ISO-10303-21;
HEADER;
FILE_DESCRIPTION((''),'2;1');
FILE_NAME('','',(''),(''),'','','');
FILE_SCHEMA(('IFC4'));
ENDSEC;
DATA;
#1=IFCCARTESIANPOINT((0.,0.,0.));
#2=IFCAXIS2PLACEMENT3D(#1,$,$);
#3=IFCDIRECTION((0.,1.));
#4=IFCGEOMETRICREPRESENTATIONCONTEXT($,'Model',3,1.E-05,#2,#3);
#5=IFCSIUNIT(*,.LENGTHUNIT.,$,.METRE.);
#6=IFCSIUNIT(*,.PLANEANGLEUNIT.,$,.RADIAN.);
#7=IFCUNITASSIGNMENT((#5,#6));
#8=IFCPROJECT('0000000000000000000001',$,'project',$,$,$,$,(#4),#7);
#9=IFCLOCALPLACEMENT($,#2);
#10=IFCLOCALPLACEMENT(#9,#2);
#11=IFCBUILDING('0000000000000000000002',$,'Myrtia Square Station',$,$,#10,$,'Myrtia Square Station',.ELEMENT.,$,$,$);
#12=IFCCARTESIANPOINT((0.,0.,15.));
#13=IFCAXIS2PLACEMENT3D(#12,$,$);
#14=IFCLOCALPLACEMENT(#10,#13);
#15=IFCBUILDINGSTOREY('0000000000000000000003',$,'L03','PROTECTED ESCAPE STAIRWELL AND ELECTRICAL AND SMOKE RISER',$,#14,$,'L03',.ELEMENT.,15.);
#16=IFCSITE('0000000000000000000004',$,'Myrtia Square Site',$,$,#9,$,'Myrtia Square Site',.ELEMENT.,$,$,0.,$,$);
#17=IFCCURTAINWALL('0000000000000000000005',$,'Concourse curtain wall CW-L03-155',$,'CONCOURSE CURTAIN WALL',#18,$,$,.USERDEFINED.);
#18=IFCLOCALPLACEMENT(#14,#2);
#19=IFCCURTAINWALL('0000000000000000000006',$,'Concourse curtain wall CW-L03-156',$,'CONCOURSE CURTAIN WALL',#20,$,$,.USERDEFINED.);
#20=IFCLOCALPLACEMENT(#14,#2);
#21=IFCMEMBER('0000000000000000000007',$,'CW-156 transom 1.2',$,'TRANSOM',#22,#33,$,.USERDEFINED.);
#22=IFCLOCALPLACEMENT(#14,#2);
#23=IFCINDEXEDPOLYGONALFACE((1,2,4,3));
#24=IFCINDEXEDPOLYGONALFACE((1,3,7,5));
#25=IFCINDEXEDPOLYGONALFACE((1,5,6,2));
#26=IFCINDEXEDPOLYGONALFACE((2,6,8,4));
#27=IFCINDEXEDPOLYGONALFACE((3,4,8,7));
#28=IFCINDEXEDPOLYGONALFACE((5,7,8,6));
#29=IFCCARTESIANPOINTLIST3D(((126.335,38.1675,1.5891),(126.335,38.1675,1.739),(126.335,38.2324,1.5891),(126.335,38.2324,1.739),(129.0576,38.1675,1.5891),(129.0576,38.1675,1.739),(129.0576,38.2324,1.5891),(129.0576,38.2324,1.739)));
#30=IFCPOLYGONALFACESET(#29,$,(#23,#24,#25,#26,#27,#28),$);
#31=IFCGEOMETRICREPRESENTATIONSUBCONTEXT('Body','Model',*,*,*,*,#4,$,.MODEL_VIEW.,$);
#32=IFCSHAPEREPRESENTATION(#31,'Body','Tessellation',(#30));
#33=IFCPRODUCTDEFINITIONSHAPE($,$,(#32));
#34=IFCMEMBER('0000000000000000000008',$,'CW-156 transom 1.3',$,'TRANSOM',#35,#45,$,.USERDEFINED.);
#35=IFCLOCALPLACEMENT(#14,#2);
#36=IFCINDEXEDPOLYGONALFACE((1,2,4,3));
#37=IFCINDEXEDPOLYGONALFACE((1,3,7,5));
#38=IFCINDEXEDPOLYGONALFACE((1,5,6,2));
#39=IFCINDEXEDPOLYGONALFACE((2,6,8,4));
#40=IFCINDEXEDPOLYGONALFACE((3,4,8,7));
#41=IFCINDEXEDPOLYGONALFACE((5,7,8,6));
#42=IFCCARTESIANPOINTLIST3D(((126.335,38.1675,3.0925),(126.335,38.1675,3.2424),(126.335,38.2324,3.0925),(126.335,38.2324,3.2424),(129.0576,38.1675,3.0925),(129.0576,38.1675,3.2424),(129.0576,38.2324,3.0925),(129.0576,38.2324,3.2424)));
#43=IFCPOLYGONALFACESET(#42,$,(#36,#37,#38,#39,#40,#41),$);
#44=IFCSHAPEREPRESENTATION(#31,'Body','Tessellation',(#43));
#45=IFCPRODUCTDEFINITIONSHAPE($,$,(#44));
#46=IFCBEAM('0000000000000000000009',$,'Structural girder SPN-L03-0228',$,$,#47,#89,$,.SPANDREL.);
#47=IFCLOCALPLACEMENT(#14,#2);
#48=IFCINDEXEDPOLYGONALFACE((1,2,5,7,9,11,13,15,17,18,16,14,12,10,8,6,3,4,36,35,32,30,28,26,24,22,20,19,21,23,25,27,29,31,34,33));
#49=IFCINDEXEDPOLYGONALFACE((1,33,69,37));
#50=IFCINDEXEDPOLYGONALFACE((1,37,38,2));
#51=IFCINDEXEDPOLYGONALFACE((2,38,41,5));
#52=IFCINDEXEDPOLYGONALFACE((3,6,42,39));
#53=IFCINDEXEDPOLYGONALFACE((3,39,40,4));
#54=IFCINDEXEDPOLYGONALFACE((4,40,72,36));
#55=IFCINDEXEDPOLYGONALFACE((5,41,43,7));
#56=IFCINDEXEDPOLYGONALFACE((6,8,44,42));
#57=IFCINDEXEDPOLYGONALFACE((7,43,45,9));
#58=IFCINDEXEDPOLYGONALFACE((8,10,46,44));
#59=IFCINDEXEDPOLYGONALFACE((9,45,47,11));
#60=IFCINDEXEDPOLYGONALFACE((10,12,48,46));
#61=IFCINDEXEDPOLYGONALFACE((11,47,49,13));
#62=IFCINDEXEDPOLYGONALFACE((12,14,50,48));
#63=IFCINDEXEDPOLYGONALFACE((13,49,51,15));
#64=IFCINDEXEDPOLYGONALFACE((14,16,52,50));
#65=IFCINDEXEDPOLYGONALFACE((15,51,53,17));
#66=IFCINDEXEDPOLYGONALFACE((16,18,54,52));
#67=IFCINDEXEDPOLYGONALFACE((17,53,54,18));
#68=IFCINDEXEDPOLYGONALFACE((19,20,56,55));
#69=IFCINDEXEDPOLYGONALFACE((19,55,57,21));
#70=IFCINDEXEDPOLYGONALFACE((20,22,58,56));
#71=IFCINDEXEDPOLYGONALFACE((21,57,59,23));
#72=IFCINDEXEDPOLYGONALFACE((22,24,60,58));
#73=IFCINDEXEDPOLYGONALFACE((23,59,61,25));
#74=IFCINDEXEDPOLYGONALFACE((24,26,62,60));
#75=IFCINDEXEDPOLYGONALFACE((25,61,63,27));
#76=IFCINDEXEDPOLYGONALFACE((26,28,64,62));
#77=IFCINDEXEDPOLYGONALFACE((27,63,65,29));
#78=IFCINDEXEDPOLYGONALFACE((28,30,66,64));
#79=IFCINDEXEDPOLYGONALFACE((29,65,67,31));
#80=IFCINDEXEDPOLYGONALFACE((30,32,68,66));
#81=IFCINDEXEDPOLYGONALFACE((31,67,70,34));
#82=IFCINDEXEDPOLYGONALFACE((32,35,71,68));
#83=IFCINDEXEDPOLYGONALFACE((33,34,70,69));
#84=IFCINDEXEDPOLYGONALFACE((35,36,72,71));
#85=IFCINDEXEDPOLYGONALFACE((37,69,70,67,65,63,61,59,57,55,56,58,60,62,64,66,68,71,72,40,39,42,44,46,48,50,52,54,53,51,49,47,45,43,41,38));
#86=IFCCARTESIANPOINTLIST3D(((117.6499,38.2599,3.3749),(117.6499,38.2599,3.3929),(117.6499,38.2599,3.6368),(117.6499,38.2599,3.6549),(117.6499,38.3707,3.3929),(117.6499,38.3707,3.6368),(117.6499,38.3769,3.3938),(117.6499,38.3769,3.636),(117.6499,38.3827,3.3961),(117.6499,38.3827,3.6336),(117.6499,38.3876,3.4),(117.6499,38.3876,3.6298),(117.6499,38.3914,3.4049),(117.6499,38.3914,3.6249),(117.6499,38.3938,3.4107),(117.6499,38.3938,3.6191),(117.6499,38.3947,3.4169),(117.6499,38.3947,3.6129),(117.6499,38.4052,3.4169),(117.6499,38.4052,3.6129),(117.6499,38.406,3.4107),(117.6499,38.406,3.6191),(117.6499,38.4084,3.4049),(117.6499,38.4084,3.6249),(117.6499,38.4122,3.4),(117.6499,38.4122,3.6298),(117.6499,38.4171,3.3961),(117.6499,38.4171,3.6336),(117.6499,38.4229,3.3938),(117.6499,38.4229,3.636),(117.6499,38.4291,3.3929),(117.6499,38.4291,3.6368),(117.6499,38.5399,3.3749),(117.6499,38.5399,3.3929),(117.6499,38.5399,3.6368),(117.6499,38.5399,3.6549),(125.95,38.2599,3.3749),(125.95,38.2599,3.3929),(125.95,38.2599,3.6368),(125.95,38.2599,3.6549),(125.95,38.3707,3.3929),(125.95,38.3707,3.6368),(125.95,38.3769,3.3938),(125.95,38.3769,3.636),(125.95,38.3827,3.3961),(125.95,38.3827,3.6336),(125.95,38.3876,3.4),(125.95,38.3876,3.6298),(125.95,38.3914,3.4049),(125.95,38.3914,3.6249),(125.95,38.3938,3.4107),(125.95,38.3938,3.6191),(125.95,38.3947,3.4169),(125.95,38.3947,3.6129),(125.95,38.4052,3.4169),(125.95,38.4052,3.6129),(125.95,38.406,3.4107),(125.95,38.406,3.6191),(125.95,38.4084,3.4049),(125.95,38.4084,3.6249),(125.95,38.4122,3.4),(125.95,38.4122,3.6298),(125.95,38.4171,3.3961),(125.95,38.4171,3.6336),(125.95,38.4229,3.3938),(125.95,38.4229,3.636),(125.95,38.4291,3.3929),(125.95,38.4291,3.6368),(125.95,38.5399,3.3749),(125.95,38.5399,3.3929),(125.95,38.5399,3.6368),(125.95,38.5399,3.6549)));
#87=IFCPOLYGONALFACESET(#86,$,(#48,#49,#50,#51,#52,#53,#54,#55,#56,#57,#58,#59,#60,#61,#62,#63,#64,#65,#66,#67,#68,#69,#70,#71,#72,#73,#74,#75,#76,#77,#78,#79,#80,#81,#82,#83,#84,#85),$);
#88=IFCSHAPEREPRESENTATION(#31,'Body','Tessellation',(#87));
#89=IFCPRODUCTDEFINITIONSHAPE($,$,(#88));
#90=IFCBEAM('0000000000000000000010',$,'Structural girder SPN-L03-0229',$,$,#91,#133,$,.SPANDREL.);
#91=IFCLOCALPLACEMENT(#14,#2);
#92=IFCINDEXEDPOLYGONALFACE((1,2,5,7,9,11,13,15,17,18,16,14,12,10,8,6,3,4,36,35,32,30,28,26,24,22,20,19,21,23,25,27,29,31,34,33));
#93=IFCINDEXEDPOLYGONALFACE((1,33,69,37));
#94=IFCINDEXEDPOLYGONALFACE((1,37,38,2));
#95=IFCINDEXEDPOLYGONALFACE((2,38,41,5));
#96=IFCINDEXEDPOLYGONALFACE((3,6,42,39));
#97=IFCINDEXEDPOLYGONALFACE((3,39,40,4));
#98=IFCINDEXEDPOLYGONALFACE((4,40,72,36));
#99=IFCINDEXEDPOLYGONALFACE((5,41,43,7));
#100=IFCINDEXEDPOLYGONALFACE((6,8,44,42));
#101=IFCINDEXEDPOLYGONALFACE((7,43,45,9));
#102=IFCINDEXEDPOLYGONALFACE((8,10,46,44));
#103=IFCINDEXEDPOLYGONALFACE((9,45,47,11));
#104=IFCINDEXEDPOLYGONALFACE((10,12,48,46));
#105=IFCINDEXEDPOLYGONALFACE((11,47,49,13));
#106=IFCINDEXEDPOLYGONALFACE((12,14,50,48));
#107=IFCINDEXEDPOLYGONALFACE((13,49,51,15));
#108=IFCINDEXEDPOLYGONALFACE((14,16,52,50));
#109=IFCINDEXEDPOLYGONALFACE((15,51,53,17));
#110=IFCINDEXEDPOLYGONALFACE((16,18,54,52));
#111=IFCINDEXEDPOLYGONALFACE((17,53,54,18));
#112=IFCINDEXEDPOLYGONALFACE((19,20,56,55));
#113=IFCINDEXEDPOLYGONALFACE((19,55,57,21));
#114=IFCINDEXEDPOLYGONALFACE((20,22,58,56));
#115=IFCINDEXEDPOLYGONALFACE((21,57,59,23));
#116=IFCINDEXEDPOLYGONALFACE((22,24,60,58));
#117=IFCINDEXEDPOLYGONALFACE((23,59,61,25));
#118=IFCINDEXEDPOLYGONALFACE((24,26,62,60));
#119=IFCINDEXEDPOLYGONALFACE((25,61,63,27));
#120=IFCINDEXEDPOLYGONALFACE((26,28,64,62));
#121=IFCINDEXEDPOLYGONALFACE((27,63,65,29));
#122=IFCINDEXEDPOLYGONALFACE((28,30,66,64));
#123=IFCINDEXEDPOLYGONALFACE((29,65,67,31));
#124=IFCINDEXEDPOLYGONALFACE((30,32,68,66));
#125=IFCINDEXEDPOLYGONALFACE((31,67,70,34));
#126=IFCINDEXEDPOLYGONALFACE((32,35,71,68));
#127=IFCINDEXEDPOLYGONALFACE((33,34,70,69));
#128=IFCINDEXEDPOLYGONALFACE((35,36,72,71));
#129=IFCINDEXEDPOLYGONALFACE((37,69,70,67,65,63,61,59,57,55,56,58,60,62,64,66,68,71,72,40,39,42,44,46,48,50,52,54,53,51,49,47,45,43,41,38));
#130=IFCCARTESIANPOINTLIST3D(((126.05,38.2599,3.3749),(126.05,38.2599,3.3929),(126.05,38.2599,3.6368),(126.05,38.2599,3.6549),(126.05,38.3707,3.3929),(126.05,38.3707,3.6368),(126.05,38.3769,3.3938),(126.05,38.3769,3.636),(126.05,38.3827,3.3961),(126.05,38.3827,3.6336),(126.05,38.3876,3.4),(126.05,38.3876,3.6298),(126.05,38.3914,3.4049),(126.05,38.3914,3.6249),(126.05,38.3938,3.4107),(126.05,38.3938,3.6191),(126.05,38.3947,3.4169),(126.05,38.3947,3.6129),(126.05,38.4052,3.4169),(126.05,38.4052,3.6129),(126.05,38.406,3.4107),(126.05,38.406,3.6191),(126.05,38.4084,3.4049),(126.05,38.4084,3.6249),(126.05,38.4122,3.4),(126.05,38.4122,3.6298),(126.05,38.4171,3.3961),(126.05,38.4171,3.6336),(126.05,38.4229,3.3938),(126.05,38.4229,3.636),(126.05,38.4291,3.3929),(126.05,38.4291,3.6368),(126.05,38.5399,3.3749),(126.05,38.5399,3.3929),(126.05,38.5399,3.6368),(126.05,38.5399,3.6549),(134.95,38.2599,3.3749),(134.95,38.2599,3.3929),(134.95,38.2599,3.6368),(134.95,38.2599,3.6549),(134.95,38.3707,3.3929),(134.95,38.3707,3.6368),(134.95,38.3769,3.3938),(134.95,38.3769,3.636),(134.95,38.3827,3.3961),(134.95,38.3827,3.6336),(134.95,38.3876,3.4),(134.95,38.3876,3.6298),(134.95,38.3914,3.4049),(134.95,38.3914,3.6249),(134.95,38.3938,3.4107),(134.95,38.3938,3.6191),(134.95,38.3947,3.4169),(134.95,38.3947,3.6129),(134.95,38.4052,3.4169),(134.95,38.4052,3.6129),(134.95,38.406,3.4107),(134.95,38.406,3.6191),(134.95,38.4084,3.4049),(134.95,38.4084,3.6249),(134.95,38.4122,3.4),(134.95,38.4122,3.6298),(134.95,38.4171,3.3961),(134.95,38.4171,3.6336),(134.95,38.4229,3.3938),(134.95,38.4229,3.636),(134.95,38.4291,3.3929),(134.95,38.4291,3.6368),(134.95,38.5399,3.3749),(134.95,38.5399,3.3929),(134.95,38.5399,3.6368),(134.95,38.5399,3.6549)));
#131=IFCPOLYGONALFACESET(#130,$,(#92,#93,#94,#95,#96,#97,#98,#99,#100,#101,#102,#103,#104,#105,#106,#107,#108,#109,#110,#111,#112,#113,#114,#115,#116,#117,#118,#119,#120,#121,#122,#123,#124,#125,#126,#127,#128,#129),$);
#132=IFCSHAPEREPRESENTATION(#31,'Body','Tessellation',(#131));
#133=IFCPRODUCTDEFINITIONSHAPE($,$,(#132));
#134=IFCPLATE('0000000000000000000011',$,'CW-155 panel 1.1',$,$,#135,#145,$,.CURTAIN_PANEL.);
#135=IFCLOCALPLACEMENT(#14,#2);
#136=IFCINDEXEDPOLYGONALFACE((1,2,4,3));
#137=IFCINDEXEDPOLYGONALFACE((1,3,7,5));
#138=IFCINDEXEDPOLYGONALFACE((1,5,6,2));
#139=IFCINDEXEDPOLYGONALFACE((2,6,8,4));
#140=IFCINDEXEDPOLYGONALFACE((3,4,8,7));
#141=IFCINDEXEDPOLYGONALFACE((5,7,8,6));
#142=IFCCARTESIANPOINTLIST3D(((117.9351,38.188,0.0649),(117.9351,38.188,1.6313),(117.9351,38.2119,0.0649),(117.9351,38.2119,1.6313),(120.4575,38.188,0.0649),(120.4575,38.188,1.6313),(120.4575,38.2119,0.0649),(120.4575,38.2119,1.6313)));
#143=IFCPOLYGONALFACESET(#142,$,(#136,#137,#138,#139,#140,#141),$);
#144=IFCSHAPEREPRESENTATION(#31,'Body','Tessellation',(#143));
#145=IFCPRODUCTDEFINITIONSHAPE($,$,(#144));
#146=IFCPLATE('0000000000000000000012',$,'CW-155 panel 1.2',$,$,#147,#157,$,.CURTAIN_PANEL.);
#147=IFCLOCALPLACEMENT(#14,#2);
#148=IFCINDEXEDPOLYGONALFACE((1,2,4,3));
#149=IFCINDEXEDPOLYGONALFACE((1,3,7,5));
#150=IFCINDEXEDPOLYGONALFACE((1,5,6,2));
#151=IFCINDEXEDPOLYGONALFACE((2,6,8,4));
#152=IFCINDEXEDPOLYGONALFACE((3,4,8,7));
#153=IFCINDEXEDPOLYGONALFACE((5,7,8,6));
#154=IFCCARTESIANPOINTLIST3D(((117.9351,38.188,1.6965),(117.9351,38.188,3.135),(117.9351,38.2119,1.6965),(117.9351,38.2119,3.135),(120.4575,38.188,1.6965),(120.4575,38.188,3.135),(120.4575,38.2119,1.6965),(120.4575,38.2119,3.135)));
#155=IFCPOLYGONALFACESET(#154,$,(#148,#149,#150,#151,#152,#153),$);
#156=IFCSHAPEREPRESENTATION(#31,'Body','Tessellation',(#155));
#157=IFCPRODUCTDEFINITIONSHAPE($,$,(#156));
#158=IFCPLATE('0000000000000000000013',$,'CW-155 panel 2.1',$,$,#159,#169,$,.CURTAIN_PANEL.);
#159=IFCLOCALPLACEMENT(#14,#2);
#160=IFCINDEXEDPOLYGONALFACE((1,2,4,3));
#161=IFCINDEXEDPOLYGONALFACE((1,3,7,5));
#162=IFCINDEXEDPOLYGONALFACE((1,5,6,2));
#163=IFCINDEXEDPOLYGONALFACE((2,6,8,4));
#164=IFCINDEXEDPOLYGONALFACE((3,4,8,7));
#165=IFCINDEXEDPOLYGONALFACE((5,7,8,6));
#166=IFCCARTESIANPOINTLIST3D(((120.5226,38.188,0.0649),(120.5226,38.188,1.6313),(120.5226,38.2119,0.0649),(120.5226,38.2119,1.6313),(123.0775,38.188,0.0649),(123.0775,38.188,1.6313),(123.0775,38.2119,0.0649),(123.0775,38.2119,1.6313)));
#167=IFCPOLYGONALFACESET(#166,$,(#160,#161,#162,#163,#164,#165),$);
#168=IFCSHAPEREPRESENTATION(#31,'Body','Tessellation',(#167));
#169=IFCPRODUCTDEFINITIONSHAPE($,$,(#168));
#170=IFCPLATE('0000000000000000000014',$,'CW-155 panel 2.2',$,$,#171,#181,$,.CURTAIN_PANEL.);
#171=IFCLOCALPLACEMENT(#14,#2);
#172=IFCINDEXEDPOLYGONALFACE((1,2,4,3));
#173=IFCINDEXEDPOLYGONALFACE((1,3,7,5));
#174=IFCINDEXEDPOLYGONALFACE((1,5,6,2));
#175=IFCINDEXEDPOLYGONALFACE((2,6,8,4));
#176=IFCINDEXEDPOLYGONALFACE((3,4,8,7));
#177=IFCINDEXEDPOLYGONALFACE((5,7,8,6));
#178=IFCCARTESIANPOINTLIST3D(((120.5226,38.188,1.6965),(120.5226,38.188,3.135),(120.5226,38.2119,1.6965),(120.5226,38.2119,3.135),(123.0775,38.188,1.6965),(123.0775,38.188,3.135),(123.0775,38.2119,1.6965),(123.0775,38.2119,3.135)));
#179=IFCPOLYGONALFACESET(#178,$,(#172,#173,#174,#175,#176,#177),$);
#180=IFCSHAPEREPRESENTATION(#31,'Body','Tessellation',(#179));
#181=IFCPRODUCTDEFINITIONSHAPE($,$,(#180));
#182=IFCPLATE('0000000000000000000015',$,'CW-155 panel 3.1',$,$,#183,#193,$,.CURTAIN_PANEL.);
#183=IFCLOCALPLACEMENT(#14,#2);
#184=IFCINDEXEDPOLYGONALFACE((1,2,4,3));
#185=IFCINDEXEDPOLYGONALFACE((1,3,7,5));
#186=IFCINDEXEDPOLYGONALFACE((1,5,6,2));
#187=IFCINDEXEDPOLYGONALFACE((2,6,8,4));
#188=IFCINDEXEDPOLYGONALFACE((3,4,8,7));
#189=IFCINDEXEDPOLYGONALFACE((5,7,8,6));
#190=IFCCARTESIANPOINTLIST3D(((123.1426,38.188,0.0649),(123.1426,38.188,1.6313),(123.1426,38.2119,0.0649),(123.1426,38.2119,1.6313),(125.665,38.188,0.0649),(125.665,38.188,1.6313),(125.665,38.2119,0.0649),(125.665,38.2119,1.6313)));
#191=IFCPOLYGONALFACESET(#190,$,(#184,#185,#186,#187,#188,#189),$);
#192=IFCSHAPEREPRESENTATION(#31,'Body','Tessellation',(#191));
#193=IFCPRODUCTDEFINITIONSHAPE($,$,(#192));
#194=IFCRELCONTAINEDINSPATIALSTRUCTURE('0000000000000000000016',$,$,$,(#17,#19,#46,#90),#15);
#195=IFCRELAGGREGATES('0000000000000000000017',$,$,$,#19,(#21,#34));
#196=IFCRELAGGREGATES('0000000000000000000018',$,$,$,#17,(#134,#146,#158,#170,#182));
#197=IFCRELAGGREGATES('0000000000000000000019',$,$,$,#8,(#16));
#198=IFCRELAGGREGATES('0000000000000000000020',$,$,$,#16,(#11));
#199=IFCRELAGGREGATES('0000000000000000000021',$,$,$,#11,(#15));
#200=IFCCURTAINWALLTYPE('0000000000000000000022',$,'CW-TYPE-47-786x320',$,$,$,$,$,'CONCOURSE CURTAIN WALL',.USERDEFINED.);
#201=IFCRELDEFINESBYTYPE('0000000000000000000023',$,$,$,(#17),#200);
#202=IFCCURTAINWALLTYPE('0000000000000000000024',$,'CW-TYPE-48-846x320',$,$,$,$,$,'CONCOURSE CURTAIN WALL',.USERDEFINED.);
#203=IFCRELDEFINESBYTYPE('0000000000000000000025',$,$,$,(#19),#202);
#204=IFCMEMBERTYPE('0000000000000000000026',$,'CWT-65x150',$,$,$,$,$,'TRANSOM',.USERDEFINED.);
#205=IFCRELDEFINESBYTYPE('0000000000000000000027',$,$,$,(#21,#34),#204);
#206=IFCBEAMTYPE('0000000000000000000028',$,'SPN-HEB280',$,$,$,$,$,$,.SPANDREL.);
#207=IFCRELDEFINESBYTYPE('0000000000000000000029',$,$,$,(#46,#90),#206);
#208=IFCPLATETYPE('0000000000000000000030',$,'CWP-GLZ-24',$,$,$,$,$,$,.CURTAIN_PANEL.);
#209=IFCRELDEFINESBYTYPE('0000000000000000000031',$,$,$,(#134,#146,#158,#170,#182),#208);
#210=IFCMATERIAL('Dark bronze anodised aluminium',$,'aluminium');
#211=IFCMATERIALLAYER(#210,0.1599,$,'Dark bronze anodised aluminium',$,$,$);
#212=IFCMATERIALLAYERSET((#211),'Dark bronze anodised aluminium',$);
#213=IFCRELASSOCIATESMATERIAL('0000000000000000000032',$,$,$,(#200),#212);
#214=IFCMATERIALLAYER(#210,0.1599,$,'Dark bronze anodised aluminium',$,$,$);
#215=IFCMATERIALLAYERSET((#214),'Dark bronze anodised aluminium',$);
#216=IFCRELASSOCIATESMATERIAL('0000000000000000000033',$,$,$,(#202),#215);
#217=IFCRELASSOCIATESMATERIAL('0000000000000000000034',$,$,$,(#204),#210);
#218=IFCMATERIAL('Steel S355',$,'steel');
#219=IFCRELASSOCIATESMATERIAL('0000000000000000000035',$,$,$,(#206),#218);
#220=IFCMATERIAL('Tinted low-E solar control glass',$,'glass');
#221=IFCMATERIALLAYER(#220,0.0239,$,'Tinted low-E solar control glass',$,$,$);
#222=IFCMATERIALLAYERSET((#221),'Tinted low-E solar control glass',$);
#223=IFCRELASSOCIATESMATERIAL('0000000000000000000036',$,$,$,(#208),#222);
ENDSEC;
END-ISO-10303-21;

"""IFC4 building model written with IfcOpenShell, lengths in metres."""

from ifc_helpers import new_model, si_unit, direction, frame, origin, origin_2d, place, context, subcontext, project, spatial, rectangle, i_section, extrude, material, layer, layer_set, material_profile, profile_set, type_object, element, aggregate, save


model = new_model("IFC4")

# Units and contexts
model_context = context("Model", 3, precision=1e-05, world=origin(), true_north=direction((0.0, 1.0)))
body_context = subcontext(model_context, "Body", "Model", "MODEL_VIEW")
ifc_project = project(units=[si_unit("LENGTHUNIT", "METRE"), si_unit("PLANEANGLEUNIT", "RADIAN")], contexts=[model_context])

# Site, building, storey
site_placement = place(None, origin())
site = spatial("IfcSite", under=ifc_project, at=site_placement, Name="Myrtia Square Site", LongName="Myrtia Square Site", CompositionType="ELEMENT", RefElevation=0.0)
building_placement = place(site_placement, origin())
building = spatial("IfcBuilding", under=site, at=building_placement, Name="Myrtia Square Station", LongName="Myrtia Square Station", CompositionType="ELEMENT")
storey_placement = place(building_placement, frame((0.0, 0.0, 15.0)))
storey = spatial("IfcBuildingStorey", under=building, at=storey_placement, Name="L03", Description="PROTECTED ESCAPE STAIRWELL AND ELECTRICAL AND SMOKE RISER", LongName="L03", CompositionType="ELEMENT", Elevation=15.0)

# Shared definitions
ifc_material_1 = material(Name="Steel S355", Category="steel")

# Curtain wall
ifc_material_2 = material(Name="Dark bronze anodised aluminium", Category="aluminium")
ifc_layer_1 = layer(ifc_material_2, 0.1599, Name="Dark bronze anodised aluminium")
ifc_layer_set_1 = layer_set([ifc_layer_1], Name="Dark bronze anodised aluminium")
curtain_wall_type_1 = type_object("IfcCurtainWallType", Name="CW-TYPE-47-786x320", ElementType="CONCOURSE CURTAIN WALL", PredefinedType="USERDEFINED", material=ifc_layer_set_1)
curtain_wall_1_placement = place(storey_placement, origin())
curtain_wall_1 = element("IfcCurtainWall", 1, at=curtain_wall_1_placement, inside=storey, type_object=curtain_wall_type_1, Name="Concourse curtain wall CW-L03-155", ObjectType="CONCOURSE CURTAIN WALL", PredefinedType="USERDEFINED")

# Curtain wall
ifc_layer_2 = layer(ifc_material_2, 0.1599, Name="Dark bronze anodised aluminium")
ifc_layer_set_2 = layer_set([ifc_layer_2], Name="Dark bronze anodised aluminium")
curtain_wall_type_2 = type_object("IfcCurtainWallType", Name="CW-TYPE-48-846x320", ElementType="CONCOURSE CURTAIN WALL", PredefinedType="USERDEFINED", material=ifc_layer_set_2)
curtain_wall_2_placement = place(storey_placement, origin())
curtain_wall_2 = element("IfcCurtainWall", 2, at=curtain_wall_2_placement, inside=storey, type_object=curtain_wall_type_2, Name="Concourse curtain wall CW-L03-156", ObjectType="CONCOURSE CURTAIN WALL", PredefinedType="USERDEFINED")

# Members
ifc_material_profile_1 = material_profile(ifc_material_2, rectangle(XDim=0.0649, YDim=0.1499, at=origin_2d()), Name="ALU-T 65x150")
ifc_profile_set_1 = profile_set([ifc_material_profile_1], Name="Dark bronze anodised aluminium")
member_type_1 = type_object("IfcMemberType", Name="CWT-65x150", ElementType="TRANSOM", PredefinedType="USERDEFINED", material=ifc_profile_set_1)
member_1_placement = place(storey_placement, frame((126.335, 38.2, 1.6641), z_axis=(1.0, 0.0, 0.0), x_axis=(0.0, 1.0, 0.0)))
member_1 = element("IfcMember", 3, at=member_1_placement, type_object=member_type_1, Name="CW-156 transom 1.2", ObjectType="TRANSOM", PredefinedType="USERDEFINED", context=body_context, shape_type="SweptSolid", body=[
    extrude(rectangle(XDim=0.0649, YDim=0.1499, at=origin_2d()), origin(), (0.0, 0.0, 1.0), 2.7227),
])
member_2_placement = place(storey_placement, frame((126.335, 38.2, 3.1675), z_axis=(1.0, 0.0, 0.0), x_axis=(0.0, 1.0, 0.0)))
member_2 = element("IfcMember", 4, at=member_2_placement, type_object=member_type_1, Name="CW-156 transom 1.3", ObjectType="TRANSOM", PredefinedType="USERDEFINED", context=body_context, shape_type="SweptSolid", body=[
    extrude(rectangle(XDim=0.0649, YDim=0.1499, at=origin_2d()), origin(), (0.0, 0.0, 1.0), 2.7227),
])
aggregate(curtain_wall_2, [member_1, member_2])

# Beams
ifc_material_profile_2 = material_profile(ifc_material_1, i_section(OverallWidth=0.28, OverallDepth=0.28, WebThickness=0.0105, FlangeThickness=0.0181, FilletRadius=0.0239, at=origin_2d()), Name="HEB 280")
ifc_profile_set_2 = profile_set([ifc_material_profile_2], Name="Steel S355")
beam_type_1 = type_object("IfcBeamType", Name="SPN-HEB280", PredefinedType="SPANDREL", material=ifc_profile_set_2)
beam_1_placement = place(storey_placement, frame((117.6499, 38.3999, 3.5149), z_axis=(1.0, 0.0, 0.0), x_axis=(0.0, 1.0, 0.0)))
element("IfcBeam", 5, at=beam_1_placement, inside=storey, type_object=beam_type_1, Name="Structural girder SPN-L03-0228", PredefinedType="SPANDREL", context=body_context, shape_type="SweptSolid", body=[
    extrude(i_section(OverallWidth=0.28, OverallDepth=0.28, WebThickness=0.0105, FlangeThickness=0.0181, FilletRadius=0.0239, at=origin_2d()), origin(), (0.0, 0.0, 1.0), 8.3),
])
beam_2_placement = place(storey_placement, frame((126.05, 38.3999, 3.5149), z_axis=(1.0, 0.0, 0.0), x_axis=(0.0, 1.0, 0.0)))
element("IfcBeam", 6, at=beam_2_placement, inside=storey, type_object=beam_type_1, Name="Structural girder SPN-L03-0229", PredefinedType="SPANDREL", context=body_context, shape_type="SweptSolid", body=[
    extrude(i_section(OverallWidth=0.28, OverallDepth=0.28, WebThickness=0.0105, FlangeThickness=0.0181, FilletRadius=0.0239, at=origin_2d()), origin(), (0.0, 0.0, 1.0), 8.8999),
])

# Plates
ifc_material_3 = material(Name="Tinted low-E solar control glass", Category="glass")
ifc_layer_3 = layer(ifc_material_3, 0.0239, Name="Tinted low-E solar control glass")
ifc_layer_set_3 = layer_set([ifc_layer_3], Name="Tinted low-E solar control glass")
plate_type = type_object("IfcPlateType", Name="CWP-GLZ-24", PredefinedType="CURTAIN_PANEL", material=ifc_layer_set_3)
plate_1_placement = place(storey_placement, frame((119.1963, 38.2, 0.0649), z_axis=(0.0, 0.0, 1.0), x_axis=(1.0, 0.0, 0.0)))
plate_1 = element("IfcPlate", 7, at=plate_1_placement, type_object=plate_type, Name="CW-155 panel 1.1", PredefinedType="CURTAIN_PANEL", context=body_context, shape_type="SweptSolid", body=[
    extrude(rectangle(XDim=2.5225, YDim=0.0239, at=origin_2d()), origin(), (0.0, 0.0, 1.0), 1.5664),
])
plate_2_placement = place(storey_placement, frame((119.1963, 38.2, 1.6965), z_axis=(0.0, 0.0, 1.0), x_axis=(1.0, 0.0, 0.0)))
plate_2 = element("IfcPlate", 8, at=plate_2_placement, type_object=plate_type, Name="CW-155 panel 1.2", PredefinedType="CURTAIN_PANEL", context=body_context, shape_type="SweptSolid", body=[
    extrude(rectangle(XDim=2.5225, YDim=0.0239, at=origin_2d()), origin(), (0.0, 0.0, 1.0), 1.4385),
])
plate_3_placement = place(storey_placement, frame((121.8, 38.2, 0.0649), z_axis=(0.0, 0.0, 1.0), x_axis=(1.0, 0.0, 0.0)))
plate_3 = element("IfcPlate", 9, at=plate_3_placement, type_object=plate_type, Name="CW-155 panel 2.1", PredefinedType="CURTAIN_PANEL", context=body_context, shape_type="SweptSolid", body=[
    extrude(rectangle(XDim=2.5549, YDim=0.0239, at=origin_2d()), origin(), (0.0, 0.0, 1.0), 1.5664),
])
plate_4_placement = place(storey_placement, frame((121.8, 38.2, 1.6965), z_axis=(0.0, 0.0, 1.0), x_axis=(1.0, 0.0, 0.0)))
plate_4 = element("IfcPlate", 10, at=plate_4_placement, type_object=plate_type, Name="CW-155 panel 2.2", PredefinedType="CURTAIN_PANEL", context=body_context, shape_type="SweptSolid", body=[
    extrude(rectangle(XDim=2.5549, YDim=0.0239, at=origin_2d()), origin(), (0.0, 0.0, 1.0), 1.4385),
])
plate_5_placement = place(storey_placement, frame((124.4038, 38.2, 0.0649), z_axis=(0.0, 0.0, 1.0), x_axis=(1.0, 0.0, 0.0)))
plate_5 = element("IfcPlate", 11, at=plate_5_placement, type_object=plate_type, Name="CW-155 panel 3.1", PredefinedType="CURTAIN_PANEL", context=body_context, shape_type="SweptSolid", body=[
    extrude(rectangle(XDim=2.5225, YDim=0.0239, at=origin_2d()), origin(), (0.0, 0.0, 1.0), 1.5664),
])
aggregate(curtain_wall_1, [plate_1, plate_2, plate_3, plate_4, plate_5])

save(model, "model.ifc")
